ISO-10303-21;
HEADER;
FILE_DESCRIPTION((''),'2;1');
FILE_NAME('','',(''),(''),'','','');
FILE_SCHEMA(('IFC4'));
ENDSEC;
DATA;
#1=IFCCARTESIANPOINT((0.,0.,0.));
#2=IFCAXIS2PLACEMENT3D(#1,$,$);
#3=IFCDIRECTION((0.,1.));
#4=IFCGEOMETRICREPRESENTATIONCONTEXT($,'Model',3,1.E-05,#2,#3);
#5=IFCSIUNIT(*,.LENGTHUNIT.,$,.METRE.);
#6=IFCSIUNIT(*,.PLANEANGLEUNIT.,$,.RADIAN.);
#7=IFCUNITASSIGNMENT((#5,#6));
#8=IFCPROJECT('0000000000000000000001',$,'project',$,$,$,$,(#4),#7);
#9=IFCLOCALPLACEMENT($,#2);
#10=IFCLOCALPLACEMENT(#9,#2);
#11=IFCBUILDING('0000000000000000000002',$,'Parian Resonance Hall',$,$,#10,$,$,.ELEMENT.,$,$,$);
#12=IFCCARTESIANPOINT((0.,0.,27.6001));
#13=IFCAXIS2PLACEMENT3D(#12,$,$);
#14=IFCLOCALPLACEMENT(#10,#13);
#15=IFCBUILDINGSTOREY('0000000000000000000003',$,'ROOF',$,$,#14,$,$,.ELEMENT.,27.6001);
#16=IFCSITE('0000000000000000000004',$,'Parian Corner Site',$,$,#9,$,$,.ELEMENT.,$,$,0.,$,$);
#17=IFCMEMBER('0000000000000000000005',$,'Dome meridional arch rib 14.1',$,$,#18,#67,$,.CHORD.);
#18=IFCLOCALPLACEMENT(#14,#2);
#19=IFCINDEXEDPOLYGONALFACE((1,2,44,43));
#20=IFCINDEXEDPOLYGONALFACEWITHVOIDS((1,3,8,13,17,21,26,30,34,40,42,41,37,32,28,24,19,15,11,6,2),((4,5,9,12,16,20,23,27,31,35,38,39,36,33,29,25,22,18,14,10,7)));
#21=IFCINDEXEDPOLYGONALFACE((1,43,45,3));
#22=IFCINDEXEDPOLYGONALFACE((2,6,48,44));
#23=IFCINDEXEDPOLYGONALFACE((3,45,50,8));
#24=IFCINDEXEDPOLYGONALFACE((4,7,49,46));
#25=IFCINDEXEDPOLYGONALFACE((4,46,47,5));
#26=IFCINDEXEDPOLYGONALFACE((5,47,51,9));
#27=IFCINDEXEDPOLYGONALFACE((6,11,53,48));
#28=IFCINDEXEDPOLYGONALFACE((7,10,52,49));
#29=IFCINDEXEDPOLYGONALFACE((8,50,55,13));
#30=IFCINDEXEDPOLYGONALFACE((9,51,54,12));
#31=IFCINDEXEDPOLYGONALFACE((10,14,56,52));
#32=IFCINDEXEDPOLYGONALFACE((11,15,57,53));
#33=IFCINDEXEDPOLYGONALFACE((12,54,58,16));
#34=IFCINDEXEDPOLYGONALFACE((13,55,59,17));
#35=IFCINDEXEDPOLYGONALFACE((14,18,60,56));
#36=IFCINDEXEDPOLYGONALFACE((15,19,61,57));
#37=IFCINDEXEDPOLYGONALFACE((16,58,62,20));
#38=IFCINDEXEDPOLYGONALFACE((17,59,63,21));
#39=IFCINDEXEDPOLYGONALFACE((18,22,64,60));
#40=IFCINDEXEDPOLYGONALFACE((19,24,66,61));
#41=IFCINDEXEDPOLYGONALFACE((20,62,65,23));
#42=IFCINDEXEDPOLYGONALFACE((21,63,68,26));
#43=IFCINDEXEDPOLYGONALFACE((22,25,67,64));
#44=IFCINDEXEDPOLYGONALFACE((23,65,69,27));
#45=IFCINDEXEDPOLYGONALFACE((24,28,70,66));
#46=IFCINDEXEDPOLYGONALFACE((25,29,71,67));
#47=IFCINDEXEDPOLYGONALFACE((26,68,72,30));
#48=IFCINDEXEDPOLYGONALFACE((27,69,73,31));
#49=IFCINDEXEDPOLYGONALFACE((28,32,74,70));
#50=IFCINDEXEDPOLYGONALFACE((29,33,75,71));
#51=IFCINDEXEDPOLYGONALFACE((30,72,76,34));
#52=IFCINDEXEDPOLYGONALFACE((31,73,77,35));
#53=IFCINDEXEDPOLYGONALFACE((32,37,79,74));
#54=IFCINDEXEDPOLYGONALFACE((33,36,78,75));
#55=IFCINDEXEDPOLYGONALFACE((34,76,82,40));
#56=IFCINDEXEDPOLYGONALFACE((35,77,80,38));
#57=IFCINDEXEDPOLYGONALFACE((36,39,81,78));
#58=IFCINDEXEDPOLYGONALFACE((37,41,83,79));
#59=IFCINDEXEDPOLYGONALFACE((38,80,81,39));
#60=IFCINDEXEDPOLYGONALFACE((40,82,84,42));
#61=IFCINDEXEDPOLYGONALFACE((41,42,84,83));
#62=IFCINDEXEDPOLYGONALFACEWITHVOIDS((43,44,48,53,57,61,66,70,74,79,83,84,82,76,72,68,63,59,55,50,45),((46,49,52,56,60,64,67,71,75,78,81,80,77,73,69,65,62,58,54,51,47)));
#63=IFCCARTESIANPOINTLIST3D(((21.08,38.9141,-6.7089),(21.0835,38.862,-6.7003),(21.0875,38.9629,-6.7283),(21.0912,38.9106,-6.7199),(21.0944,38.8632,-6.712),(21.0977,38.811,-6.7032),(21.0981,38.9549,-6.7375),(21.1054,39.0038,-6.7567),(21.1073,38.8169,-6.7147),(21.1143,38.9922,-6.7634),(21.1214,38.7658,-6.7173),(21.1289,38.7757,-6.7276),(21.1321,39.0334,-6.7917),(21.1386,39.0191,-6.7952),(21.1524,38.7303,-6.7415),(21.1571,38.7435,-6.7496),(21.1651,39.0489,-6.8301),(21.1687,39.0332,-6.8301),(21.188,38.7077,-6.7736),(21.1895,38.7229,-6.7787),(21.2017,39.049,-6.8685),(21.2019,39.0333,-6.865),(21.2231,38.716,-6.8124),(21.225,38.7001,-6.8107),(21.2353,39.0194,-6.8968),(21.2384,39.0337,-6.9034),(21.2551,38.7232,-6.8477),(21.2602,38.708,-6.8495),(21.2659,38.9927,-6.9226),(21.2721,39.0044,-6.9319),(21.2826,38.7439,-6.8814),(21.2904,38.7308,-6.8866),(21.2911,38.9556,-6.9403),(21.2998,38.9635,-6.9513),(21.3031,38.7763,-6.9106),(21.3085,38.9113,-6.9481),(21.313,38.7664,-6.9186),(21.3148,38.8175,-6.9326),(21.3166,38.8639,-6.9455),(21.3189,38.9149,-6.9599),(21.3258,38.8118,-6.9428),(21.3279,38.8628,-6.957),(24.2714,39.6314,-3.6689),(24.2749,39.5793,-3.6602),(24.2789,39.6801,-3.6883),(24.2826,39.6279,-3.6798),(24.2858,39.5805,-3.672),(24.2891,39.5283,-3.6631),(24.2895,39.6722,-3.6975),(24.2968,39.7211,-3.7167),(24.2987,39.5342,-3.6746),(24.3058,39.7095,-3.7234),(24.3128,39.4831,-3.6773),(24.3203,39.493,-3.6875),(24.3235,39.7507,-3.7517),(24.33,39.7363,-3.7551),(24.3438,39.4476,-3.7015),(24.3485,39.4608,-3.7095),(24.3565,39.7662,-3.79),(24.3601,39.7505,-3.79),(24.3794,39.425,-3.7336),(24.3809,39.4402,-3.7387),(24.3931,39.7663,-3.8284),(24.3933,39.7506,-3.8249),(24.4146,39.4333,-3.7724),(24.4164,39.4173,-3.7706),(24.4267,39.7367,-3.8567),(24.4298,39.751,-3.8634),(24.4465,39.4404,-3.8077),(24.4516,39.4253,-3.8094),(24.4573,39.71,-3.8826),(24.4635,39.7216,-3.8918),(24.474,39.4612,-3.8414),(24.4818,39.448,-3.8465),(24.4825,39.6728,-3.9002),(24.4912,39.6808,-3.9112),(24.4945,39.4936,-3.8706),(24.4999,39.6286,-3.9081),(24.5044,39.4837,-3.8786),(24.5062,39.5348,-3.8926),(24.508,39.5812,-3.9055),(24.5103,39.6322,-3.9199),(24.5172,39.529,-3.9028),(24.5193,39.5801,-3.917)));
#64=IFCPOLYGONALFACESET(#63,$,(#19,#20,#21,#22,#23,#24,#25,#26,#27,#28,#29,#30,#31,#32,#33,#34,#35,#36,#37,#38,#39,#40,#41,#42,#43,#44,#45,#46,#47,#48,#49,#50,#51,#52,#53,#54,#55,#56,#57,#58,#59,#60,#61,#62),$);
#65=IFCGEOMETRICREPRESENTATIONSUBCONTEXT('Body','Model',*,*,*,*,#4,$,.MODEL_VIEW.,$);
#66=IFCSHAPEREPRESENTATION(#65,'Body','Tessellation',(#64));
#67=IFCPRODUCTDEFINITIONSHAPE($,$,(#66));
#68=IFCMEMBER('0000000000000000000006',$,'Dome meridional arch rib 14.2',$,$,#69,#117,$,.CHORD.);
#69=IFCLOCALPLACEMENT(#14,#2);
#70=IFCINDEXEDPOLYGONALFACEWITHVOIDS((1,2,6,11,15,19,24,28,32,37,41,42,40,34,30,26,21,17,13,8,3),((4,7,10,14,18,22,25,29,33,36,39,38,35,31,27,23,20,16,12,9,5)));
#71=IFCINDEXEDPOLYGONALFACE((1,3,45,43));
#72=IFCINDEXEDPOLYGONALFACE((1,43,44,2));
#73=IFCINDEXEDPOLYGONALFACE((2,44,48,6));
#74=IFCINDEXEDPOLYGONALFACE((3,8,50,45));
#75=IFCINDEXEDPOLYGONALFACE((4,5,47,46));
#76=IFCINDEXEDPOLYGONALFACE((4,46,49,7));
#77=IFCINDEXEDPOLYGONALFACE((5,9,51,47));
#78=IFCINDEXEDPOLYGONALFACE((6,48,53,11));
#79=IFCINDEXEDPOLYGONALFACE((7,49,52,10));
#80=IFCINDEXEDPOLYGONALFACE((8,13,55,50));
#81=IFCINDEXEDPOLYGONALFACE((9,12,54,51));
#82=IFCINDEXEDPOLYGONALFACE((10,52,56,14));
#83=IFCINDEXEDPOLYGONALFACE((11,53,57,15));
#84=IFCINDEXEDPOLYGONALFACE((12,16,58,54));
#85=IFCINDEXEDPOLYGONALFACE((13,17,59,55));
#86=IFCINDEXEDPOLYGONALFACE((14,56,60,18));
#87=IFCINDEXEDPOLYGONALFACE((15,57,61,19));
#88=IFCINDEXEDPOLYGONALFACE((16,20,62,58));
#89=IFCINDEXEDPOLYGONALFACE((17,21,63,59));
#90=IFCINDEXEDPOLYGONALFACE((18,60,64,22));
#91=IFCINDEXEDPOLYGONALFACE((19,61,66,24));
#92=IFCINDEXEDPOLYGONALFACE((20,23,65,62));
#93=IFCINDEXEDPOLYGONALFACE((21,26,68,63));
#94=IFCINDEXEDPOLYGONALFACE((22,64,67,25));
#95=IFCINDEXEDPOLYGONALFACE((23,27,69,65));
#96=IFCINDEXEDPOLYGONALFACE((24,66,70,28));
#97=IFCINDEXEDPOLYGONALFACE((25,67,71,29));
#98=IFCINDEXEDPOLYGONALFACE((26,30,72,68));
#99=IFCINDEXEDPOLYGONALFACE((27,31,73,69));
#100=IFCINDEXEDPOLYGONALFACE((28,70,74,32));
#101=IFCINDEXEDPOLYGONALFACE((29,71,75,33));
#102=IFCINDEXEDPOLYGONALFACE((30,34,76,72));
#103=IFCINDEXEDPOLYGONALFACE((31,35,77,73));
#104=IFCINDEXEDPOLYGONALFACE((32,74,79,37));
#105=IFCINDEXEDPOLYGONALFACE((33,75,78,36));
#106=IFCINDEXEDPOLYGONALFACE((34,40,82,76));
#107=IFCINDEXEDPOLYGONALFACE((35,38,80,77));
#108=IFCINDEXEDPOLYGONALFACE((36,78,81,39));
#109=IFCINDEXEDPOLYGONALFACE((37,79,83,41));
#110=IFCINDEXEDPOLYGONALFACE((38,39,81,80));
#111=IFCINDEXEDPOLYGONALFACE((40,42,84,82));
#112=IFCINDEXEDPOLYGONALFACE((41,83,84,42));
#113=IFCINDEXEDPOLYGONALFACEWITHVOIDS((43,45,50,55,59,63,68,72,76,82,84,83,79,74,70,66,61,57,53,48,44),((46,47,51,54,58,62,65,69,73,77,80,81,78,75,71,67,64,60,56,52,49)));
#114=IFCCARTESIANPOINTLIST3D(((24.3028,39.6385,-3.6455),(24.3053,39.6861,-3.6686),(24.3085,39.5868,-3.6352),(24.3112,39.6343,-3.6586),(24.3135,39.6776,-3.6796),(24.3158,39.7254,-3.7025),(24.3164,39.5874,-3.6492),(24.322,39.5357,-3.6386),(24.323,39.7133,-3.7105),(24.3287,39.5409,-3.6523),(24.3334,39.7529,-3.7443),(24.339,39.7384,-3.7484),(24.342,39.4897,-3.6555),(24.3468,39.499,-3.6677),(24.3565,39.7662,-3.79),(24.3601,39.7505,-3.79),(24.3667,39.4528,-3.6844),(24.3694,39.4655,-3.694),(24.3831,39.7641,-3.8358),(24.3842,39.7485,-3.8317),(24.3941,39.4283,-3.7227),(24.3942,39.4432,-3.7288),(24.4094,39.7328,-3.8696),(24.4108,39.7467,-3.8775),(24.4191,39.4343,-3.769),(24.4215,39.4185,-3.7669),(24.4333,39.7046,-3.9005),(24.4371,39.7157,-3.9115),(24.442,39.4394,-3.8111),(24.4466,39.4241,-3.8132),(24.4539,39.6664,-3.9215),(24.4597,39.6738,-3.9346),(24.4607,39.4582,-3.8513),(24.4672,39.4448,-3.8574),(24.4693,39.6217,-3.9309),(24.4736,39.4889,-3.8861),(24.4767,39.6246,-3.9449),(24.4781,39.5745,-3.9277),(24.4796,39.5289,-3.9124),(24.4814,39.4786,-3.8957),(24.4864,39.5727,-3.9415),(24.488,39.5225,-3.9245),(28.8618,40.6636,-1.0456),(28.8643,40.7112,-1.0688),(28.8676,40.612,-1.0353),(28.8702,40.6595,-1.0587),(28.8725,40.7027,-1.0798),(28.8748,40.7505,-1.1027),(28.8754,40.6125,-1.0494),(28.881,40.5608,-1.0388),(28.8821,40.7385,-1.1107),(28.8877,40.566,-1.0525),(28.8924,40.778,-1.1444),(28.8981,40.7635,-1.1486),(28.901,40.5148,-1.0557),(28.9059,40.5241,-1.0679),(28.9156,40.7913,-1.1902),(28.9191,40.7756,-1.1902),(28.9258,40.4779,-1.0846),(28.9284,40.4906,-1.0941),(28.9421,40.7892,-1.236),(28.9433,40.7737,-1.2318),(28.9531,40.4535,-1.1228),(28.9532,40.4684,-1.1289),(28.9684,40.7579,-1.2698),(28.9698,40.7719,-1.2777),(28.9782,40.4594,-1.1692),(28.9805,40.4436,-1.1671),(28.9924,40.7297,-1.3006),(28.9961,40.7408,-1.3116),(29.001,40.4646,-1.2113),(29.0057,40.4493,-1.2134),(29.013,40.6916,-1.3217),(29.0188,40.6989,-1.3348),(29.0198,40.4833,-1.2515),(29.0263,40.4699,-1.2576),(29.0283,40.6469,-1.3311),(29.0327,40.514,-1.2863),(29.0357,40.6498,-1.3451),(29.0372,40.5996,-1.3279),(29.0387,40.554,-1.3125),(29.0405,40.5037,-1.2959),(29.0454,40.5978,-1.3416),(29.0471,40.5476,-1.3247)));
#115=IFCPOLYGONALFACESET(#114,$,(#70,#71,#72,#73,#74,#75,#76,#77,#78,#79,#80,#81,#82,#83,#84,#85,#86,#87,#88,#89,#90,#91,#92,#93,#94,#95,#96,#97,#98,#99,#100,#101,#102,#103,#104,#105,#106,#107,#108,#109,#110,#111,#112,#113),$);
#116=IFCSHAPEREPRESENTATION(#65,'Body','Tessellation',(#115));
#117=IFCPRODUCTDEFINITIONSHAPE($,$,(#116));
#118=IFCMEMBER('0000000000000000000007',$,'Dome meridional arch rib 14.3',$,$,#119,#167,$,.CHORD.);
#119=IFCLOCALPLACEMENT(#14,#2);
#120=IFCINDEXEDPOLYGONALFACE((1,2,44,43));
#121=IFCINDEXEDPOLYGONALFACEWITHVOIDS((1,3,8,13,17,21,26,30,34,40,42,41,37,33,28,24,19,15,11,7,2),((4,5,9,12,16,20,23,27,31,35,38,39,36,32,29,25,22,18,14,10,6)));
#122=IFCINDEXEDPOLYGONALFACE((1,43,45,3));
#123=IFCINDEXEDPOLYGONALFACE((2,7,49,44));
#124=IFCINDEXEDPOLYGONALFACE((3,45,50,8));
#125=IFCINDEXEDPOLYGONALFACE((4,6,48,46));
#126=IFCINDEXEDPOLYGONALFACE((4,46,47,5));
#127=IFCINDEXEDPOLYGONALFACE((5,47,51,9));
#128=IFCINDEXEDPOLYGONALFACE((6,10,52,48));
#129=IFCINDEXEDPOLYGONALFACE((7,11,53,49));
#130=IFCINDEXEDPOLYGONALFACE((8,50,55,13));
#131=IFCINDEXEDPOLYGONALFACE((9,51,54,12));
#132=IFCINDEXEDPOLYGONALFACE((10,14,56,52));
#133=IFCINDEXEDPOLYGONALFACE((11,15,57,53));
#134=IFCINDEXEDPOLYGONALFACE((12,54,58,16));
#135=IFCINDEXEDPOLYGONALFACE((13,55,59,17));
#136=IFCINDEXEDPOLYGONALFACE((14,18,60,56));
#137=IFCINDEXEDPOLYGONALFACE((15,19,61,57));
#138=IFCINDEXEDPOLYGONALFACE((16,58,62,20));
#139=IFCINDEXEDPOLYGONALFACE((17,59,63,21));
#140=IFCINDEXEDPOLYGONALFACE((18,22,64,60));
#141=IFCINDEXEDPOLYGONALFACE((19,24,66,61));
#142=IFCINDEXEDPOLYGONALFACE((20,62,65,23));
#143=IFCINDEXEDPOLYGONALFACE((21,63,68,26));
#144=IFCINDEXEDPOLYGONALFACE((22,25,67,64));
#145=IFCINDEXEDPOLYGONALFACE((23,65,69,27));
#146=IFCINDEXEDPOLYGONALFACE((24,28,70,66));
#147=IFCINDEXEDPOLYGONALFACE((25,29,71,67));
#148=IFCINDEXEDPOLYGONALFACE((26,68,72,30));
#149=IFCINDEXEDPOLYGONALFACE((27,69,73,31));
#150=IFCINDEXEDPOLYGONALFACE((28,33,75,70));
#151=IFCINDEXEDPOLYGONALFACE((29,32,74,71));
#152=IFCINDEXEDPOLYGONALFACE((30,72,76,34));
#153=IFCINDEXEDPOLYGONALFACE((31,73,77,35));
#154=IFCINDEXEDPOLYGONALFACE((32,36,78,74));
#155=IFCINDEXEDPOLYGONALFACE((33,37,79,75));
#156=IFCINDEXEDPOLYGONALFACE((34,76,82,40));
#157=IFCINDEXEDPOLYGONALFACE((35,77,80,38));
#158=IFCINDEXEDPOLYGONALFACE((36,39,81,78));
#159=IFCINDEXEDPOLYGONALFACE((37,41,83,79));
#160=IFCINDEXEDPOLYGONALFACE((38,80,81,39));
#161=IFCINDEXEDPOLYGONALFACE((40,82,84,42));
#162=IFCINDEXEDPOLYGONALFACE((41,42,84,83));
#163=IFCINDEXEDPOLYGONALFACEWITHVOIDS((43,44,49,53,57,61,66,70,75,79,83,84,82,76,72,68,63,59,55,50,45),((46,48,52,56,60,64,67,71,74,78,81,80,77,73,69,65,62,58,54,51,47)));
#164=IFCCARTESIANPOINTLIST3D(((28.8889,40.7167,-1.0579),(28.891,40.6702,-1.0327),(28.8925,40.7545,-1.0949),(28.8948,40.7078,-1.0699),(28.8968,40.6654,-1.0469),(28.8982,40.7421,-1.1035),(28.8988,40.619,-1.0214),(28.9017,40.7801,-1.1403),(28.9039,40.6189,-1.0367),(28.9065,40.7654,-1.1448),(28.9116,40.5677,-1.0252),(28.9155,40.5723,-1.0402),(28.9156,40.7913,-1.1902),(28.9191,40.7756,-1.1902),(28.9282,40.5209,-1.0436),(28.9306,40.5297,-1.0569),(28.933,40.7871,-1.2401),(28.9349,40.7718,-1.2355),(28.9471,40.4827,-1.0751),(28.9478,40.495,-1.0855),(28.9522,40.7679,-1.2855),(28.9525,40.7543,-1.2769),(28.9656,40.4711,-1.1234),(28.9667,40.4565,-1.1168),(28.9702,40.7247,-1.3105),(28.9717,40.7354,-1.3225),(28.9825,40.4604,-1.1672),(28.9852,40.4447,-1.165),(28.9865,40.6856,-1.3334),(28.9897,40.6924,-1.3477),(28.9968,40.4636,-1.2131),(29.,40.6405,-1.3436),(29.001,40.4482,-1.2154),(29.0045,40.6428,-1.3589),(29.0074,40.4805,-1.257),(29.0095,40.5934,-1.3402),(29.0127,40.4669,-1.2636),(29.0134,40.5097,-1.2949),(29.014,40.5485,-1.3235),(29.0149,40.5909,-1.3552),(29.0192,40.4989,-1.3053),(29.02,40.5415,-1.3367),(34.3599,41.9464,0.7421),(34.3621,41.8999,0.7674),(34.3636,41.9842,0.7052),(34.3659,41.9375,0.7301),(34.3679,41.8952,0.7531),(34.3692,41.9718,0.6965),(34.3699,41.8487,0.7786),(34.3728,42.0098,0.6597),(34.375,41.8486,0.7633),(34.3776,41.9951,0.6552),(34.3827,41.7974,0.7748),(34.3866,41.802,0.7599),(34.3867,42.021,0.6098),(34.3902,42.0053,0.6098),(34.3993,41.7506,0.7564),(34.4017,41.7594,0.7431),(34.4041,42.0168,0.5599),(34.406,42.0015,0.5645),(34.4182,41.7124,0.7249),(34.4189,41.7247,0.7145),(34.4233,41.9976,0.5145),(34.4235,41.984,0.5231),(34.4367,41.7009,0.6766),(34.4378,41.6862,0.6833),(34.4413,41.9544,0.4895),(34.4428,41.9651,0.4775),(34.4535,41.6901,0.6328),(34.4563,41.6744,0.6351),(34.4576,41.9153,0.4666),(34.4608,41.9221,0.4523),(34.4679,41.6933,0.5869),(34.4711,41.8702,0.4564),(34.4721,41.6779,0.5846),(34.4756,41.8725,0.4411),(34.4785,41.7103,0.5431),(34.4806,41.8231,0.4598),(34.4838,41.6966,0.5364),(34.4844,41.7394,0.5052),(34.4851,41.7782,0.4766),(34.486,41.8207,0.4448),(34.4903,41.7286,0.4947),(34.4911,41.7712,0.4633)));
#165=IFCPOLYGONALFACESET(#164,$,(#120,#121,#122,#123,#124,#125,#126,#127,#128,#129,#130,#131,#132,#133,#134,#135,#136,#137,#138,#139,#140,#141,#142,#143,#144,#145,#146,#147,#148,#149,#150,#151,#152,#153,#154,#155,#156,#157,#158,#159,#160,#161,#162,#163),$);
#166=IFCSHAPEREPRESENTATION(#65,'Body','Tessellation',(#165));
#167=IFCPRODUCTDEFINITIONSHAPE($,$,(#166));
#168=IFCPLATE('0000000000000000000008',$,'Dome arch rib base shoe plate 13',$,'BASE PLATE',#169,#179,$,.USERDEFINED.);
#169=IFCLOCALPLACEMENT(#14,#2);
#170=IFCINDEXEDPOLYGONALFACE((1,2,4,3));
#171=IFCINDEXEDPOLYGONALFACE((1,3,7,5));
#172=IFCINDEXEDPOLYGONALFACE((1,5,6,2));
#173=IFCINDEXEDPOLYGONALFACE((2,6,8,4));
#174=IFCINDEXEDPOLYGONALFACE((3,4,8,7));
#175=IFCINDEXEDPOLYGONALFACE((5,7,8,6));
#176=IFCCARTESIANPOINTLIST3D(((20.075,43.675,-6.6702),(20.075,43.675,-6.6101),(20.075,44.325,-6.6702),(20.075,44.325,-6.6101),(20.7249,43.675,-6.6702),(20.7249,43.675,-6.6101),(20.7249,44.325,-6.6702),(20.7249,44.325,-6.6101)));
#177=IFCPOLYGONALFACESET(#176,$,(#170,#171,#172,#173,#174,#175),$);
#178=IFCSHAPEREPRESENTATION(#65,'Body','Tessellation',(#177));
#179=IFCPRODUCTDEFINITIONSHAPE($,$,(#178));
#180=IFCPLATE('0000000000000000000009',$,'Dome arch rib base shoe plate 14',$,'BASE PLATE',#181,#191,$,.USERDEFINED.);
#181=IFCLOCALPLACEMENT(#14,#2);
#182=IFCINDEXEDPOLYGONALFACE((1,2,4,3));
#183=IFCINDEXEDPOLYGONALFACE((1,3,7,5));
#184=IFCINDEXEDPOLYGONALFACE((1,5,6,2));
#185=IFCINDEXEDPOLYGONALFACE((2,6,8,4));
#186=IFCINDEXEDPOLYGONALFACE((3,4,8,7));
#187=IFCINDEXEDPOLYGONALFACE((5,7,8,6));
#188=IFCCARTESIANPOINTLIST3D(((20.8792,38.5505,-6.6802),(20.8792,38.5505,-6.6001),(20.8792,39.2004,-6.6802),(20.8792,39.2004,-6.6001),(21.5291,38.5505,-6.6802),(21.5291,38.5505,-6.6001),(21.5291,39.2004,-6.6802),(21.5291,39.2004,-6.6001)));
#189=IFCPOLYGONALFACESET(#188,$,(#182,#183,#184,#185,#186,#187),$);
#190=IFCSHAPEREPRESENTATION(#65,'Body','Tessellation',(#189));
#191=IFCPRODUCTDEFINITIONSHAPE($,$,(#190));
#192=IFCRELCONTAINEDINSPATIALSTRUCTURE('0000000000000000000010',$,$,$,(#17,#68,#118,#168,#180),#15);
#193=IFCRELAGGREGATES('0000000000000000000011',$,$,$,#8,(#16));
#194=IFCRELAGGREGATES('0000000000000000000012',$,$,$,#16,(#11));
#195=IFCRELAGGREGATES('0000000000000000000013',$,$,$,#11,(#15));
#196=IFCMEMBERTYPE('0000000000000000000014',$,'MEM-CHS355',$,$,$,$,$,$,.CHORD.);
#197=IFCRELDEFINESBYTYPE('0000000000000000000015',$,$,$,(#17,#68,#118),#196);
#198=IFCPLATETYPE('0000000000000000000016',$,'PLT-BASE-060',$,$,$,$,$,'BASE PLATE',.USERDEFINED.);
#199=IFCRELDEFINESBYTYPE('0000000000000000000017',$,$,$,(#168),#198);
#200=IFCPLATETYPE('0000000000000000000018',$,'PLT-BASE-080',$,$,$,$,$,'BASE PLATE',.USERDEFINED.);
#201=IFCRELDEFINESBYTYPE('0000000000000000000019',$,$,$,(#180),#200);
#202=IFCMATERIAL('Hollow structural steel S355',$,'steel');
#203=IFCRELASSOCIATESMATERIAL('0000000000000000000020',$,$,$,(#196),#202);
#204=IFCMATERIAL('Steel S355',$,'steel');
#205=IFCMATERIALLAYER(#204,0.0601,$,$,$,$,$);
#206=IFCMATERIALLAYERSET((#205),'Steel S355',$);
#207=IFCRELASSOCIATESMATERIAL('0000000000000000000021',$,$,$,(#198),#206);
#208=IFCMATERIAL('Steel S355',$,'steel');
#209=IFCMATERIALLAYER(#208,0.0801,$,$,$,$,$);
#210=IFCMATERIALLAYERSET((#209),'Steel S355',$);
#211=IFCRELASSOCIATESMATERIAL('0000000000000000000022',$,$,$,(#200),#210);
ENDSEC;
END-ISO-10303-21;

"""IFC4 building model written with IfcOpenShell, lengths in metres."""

from ifc_helpers import new_model, si_unit, direction, frame, origin, origin_2d, place, context, subcontext, project, spatial, rectangle, hollow_circle, extrude, material, layer, layer_set, material_profile, profile_set, type_object, element, save


model = new_model("IFC4")

# Units and contexts
model_context = context("Model", 3, precision=1e-05, world=origin(), true_north=direction((0.0, 1.0)))
body_context = subcontext(model_context, "Body", "Model", "MODEL_VIEW")
ifc_project = project(units=[si_unit("LENGTHUNIT", "METRE"), si_unit("PLANEANGLEUNIT", "RADIAN")], contexts=[model_context])

# Site, building, storey
site_placement = place(None, origin())
site = spatial("IfcSite", under=ifc_project, at=site_placement, Name="Parian Corner Site", CompositionType="ELEMENT", RefElevation=0.0)
building_placement = place(site_placement, origin())
building = spatial("IfcBuilding", under=site, at=building_placement, Name="Parian Resonance Hall", CompositionType="ELEMENT")
storey_placement = place(building_placement, frame((0.0, 0.0, 27.6001)))
storey = spatial("IfcBuildingStorey", under=building, at=storey_placement, Name="ROOF", CompositionType="ELEMENT", Elevation=27.6001)

# Members
ifc_material_1 = material(Name="Hollow structural steel S355", Category="steel")
ifc_material_profile_1 = material_profile(ifc_material_1, hollow_circle(Radius=0.1777, WallThickness=0.0161, at=origin_2d()), Name="CHS355.6x16")
ifc_profile_set_1 = profile_set([ifc_material_profile_1], Name="Hollow structural steel S355")
member_type_1 = type_object("IfcMemberType", Name="MEM-CHS355", PredefinedType="CHORD", material=ifc_profile_set_1)
member_1_placement = place(storey_placement, frame((21.2041, 38.8755, -6.8301), z_axis=(0.714668, 0.160625, 0.680771), x_axis=(-0.219285, 0.975661, 0.0)))
element("IfcMember", 1, at=member_1_placement, inside=storey, type_object=member_type_1, Name="Dome meridional arch rib 14.1", PredefinedType="CHORD", context=body_context, shape_type="SweptSolid", body=[
    extrude(hollow_circle(Radius=0.1777, WallThickness=0.0161, at=origin_2d()), origin(), (0.0, 0.0, 1.0), 4.4656),
])
member_2_placement = place(storey_placement, frame((24.3955, 39.5928, -3.79), z_axis=(0.852569, 0.191707, 0.486184), x_axis=(-0.21938, 0.975639, 0.0)))
element("IfcMember", 2, at=member_2_placement, inside=storey, type_object=member_type_1, Name="Dome meridional arch rib 14.2", PredefinedType="CHORD", context=body_context, shape_type="SweptSolid", body=[
    extrude(hollow_circle(Radius=0.1777, WallThickness=0.0161, at=origin_2d()), origin(), (0.0, 0.0, 1.0), 5.3474),
])
member_3_placement = place(storey_placement, frame((28.9546, 40.6179, -1.1902), z_axis=(0.928972, 0.208801, 0.305636), x_axis=(-0.219295, 0.975659, 0.0)))
element("IfcMember", 3, at=member_3_placement, inside=storey, type_object=member_type_1, Name="Dome meridional arch rib 14.3", PredefinedType="CHORD", context=body_context, shape_type="SweptSolid", body=[
    extrude(hollow_circle(Radius=0.1777, WallThickness=0.0161, at=origin_2d()), origin(), (0.0, 0.0, 1.0), 5.8894),
])

# Plates
ifc_material_2 = material(Name="Steel S355", Category="steel")
ifc_layer_1 = layer(ifc_material_2, 0.0601)
ifc_layer_set_1 = layer_set([ifc_layer_1], Name="Steel S355")
plate_type_1 = type_object("IfcPlateType", Name="PLT-BASE-060", ElementType="BASE PLATE", PredefinedType="USERDEFINED", material=ifc_layer_set_1)
plate_1_placement = place(storey_placement, frame((20.3999, 44.0, -6.6702), z_axis=(0.0, 0.0, 1.0), x_axis=(1.0, 0.0, 0.0)))
element("IfcPlate", 4, at=plate_1_placement, inside=storey, type_object=plate_type_1, Name="Dome arch rib base shoe plate 13", ObjectType="BASE PLATE", PredefinedType="USERDEFINED", context=body_context, shape_type="SweptSolid", body=[
    extrude(rectangle(XDim=0.6499, YDim=0.6499, at=origin_2d()), origin(), (0.0, 0.0, 1.0), 0.0601),
])
ifc_material_3 = material(Name="Steel S355", Category="steel")
ifc_layer_2 = layer(ifc_material_3, 0.0801)
ifc_layer_set_2 = layer_set([ifc_layer_2], Name="Steel S355")
plate_type_2 = type_object("IfcPlateType", Name="PLT-BASE-080", ElementType="BASE PLATE", PredefinedType="USERDEFINED", material=ifc_layer_set_2)
plate_2_placement = place(storey_placement, frame((21.2041, 38.8755, -6.6802), z_axis=(0.0, 0.0, 1.0), x_axis=(1.0, 0.0, 0.0)))
element("IfcPlate", 5, at=plate_2_placement, inside=storey, type_object=plate_type_2, Name="Dome arch rib base shoe plate 14", ObjectType="BASE PLATE", PredefinedType="USERDEFINED", context=body_context, shape_type="SweptSolid", body=[
    extrude(rectangle(XDim=0.6499, YDim=0.6499, at=origin_2d()), origin(), (0.0, 0.0, 1.0), 0.0801),
])

save(model, "model.ifc")
